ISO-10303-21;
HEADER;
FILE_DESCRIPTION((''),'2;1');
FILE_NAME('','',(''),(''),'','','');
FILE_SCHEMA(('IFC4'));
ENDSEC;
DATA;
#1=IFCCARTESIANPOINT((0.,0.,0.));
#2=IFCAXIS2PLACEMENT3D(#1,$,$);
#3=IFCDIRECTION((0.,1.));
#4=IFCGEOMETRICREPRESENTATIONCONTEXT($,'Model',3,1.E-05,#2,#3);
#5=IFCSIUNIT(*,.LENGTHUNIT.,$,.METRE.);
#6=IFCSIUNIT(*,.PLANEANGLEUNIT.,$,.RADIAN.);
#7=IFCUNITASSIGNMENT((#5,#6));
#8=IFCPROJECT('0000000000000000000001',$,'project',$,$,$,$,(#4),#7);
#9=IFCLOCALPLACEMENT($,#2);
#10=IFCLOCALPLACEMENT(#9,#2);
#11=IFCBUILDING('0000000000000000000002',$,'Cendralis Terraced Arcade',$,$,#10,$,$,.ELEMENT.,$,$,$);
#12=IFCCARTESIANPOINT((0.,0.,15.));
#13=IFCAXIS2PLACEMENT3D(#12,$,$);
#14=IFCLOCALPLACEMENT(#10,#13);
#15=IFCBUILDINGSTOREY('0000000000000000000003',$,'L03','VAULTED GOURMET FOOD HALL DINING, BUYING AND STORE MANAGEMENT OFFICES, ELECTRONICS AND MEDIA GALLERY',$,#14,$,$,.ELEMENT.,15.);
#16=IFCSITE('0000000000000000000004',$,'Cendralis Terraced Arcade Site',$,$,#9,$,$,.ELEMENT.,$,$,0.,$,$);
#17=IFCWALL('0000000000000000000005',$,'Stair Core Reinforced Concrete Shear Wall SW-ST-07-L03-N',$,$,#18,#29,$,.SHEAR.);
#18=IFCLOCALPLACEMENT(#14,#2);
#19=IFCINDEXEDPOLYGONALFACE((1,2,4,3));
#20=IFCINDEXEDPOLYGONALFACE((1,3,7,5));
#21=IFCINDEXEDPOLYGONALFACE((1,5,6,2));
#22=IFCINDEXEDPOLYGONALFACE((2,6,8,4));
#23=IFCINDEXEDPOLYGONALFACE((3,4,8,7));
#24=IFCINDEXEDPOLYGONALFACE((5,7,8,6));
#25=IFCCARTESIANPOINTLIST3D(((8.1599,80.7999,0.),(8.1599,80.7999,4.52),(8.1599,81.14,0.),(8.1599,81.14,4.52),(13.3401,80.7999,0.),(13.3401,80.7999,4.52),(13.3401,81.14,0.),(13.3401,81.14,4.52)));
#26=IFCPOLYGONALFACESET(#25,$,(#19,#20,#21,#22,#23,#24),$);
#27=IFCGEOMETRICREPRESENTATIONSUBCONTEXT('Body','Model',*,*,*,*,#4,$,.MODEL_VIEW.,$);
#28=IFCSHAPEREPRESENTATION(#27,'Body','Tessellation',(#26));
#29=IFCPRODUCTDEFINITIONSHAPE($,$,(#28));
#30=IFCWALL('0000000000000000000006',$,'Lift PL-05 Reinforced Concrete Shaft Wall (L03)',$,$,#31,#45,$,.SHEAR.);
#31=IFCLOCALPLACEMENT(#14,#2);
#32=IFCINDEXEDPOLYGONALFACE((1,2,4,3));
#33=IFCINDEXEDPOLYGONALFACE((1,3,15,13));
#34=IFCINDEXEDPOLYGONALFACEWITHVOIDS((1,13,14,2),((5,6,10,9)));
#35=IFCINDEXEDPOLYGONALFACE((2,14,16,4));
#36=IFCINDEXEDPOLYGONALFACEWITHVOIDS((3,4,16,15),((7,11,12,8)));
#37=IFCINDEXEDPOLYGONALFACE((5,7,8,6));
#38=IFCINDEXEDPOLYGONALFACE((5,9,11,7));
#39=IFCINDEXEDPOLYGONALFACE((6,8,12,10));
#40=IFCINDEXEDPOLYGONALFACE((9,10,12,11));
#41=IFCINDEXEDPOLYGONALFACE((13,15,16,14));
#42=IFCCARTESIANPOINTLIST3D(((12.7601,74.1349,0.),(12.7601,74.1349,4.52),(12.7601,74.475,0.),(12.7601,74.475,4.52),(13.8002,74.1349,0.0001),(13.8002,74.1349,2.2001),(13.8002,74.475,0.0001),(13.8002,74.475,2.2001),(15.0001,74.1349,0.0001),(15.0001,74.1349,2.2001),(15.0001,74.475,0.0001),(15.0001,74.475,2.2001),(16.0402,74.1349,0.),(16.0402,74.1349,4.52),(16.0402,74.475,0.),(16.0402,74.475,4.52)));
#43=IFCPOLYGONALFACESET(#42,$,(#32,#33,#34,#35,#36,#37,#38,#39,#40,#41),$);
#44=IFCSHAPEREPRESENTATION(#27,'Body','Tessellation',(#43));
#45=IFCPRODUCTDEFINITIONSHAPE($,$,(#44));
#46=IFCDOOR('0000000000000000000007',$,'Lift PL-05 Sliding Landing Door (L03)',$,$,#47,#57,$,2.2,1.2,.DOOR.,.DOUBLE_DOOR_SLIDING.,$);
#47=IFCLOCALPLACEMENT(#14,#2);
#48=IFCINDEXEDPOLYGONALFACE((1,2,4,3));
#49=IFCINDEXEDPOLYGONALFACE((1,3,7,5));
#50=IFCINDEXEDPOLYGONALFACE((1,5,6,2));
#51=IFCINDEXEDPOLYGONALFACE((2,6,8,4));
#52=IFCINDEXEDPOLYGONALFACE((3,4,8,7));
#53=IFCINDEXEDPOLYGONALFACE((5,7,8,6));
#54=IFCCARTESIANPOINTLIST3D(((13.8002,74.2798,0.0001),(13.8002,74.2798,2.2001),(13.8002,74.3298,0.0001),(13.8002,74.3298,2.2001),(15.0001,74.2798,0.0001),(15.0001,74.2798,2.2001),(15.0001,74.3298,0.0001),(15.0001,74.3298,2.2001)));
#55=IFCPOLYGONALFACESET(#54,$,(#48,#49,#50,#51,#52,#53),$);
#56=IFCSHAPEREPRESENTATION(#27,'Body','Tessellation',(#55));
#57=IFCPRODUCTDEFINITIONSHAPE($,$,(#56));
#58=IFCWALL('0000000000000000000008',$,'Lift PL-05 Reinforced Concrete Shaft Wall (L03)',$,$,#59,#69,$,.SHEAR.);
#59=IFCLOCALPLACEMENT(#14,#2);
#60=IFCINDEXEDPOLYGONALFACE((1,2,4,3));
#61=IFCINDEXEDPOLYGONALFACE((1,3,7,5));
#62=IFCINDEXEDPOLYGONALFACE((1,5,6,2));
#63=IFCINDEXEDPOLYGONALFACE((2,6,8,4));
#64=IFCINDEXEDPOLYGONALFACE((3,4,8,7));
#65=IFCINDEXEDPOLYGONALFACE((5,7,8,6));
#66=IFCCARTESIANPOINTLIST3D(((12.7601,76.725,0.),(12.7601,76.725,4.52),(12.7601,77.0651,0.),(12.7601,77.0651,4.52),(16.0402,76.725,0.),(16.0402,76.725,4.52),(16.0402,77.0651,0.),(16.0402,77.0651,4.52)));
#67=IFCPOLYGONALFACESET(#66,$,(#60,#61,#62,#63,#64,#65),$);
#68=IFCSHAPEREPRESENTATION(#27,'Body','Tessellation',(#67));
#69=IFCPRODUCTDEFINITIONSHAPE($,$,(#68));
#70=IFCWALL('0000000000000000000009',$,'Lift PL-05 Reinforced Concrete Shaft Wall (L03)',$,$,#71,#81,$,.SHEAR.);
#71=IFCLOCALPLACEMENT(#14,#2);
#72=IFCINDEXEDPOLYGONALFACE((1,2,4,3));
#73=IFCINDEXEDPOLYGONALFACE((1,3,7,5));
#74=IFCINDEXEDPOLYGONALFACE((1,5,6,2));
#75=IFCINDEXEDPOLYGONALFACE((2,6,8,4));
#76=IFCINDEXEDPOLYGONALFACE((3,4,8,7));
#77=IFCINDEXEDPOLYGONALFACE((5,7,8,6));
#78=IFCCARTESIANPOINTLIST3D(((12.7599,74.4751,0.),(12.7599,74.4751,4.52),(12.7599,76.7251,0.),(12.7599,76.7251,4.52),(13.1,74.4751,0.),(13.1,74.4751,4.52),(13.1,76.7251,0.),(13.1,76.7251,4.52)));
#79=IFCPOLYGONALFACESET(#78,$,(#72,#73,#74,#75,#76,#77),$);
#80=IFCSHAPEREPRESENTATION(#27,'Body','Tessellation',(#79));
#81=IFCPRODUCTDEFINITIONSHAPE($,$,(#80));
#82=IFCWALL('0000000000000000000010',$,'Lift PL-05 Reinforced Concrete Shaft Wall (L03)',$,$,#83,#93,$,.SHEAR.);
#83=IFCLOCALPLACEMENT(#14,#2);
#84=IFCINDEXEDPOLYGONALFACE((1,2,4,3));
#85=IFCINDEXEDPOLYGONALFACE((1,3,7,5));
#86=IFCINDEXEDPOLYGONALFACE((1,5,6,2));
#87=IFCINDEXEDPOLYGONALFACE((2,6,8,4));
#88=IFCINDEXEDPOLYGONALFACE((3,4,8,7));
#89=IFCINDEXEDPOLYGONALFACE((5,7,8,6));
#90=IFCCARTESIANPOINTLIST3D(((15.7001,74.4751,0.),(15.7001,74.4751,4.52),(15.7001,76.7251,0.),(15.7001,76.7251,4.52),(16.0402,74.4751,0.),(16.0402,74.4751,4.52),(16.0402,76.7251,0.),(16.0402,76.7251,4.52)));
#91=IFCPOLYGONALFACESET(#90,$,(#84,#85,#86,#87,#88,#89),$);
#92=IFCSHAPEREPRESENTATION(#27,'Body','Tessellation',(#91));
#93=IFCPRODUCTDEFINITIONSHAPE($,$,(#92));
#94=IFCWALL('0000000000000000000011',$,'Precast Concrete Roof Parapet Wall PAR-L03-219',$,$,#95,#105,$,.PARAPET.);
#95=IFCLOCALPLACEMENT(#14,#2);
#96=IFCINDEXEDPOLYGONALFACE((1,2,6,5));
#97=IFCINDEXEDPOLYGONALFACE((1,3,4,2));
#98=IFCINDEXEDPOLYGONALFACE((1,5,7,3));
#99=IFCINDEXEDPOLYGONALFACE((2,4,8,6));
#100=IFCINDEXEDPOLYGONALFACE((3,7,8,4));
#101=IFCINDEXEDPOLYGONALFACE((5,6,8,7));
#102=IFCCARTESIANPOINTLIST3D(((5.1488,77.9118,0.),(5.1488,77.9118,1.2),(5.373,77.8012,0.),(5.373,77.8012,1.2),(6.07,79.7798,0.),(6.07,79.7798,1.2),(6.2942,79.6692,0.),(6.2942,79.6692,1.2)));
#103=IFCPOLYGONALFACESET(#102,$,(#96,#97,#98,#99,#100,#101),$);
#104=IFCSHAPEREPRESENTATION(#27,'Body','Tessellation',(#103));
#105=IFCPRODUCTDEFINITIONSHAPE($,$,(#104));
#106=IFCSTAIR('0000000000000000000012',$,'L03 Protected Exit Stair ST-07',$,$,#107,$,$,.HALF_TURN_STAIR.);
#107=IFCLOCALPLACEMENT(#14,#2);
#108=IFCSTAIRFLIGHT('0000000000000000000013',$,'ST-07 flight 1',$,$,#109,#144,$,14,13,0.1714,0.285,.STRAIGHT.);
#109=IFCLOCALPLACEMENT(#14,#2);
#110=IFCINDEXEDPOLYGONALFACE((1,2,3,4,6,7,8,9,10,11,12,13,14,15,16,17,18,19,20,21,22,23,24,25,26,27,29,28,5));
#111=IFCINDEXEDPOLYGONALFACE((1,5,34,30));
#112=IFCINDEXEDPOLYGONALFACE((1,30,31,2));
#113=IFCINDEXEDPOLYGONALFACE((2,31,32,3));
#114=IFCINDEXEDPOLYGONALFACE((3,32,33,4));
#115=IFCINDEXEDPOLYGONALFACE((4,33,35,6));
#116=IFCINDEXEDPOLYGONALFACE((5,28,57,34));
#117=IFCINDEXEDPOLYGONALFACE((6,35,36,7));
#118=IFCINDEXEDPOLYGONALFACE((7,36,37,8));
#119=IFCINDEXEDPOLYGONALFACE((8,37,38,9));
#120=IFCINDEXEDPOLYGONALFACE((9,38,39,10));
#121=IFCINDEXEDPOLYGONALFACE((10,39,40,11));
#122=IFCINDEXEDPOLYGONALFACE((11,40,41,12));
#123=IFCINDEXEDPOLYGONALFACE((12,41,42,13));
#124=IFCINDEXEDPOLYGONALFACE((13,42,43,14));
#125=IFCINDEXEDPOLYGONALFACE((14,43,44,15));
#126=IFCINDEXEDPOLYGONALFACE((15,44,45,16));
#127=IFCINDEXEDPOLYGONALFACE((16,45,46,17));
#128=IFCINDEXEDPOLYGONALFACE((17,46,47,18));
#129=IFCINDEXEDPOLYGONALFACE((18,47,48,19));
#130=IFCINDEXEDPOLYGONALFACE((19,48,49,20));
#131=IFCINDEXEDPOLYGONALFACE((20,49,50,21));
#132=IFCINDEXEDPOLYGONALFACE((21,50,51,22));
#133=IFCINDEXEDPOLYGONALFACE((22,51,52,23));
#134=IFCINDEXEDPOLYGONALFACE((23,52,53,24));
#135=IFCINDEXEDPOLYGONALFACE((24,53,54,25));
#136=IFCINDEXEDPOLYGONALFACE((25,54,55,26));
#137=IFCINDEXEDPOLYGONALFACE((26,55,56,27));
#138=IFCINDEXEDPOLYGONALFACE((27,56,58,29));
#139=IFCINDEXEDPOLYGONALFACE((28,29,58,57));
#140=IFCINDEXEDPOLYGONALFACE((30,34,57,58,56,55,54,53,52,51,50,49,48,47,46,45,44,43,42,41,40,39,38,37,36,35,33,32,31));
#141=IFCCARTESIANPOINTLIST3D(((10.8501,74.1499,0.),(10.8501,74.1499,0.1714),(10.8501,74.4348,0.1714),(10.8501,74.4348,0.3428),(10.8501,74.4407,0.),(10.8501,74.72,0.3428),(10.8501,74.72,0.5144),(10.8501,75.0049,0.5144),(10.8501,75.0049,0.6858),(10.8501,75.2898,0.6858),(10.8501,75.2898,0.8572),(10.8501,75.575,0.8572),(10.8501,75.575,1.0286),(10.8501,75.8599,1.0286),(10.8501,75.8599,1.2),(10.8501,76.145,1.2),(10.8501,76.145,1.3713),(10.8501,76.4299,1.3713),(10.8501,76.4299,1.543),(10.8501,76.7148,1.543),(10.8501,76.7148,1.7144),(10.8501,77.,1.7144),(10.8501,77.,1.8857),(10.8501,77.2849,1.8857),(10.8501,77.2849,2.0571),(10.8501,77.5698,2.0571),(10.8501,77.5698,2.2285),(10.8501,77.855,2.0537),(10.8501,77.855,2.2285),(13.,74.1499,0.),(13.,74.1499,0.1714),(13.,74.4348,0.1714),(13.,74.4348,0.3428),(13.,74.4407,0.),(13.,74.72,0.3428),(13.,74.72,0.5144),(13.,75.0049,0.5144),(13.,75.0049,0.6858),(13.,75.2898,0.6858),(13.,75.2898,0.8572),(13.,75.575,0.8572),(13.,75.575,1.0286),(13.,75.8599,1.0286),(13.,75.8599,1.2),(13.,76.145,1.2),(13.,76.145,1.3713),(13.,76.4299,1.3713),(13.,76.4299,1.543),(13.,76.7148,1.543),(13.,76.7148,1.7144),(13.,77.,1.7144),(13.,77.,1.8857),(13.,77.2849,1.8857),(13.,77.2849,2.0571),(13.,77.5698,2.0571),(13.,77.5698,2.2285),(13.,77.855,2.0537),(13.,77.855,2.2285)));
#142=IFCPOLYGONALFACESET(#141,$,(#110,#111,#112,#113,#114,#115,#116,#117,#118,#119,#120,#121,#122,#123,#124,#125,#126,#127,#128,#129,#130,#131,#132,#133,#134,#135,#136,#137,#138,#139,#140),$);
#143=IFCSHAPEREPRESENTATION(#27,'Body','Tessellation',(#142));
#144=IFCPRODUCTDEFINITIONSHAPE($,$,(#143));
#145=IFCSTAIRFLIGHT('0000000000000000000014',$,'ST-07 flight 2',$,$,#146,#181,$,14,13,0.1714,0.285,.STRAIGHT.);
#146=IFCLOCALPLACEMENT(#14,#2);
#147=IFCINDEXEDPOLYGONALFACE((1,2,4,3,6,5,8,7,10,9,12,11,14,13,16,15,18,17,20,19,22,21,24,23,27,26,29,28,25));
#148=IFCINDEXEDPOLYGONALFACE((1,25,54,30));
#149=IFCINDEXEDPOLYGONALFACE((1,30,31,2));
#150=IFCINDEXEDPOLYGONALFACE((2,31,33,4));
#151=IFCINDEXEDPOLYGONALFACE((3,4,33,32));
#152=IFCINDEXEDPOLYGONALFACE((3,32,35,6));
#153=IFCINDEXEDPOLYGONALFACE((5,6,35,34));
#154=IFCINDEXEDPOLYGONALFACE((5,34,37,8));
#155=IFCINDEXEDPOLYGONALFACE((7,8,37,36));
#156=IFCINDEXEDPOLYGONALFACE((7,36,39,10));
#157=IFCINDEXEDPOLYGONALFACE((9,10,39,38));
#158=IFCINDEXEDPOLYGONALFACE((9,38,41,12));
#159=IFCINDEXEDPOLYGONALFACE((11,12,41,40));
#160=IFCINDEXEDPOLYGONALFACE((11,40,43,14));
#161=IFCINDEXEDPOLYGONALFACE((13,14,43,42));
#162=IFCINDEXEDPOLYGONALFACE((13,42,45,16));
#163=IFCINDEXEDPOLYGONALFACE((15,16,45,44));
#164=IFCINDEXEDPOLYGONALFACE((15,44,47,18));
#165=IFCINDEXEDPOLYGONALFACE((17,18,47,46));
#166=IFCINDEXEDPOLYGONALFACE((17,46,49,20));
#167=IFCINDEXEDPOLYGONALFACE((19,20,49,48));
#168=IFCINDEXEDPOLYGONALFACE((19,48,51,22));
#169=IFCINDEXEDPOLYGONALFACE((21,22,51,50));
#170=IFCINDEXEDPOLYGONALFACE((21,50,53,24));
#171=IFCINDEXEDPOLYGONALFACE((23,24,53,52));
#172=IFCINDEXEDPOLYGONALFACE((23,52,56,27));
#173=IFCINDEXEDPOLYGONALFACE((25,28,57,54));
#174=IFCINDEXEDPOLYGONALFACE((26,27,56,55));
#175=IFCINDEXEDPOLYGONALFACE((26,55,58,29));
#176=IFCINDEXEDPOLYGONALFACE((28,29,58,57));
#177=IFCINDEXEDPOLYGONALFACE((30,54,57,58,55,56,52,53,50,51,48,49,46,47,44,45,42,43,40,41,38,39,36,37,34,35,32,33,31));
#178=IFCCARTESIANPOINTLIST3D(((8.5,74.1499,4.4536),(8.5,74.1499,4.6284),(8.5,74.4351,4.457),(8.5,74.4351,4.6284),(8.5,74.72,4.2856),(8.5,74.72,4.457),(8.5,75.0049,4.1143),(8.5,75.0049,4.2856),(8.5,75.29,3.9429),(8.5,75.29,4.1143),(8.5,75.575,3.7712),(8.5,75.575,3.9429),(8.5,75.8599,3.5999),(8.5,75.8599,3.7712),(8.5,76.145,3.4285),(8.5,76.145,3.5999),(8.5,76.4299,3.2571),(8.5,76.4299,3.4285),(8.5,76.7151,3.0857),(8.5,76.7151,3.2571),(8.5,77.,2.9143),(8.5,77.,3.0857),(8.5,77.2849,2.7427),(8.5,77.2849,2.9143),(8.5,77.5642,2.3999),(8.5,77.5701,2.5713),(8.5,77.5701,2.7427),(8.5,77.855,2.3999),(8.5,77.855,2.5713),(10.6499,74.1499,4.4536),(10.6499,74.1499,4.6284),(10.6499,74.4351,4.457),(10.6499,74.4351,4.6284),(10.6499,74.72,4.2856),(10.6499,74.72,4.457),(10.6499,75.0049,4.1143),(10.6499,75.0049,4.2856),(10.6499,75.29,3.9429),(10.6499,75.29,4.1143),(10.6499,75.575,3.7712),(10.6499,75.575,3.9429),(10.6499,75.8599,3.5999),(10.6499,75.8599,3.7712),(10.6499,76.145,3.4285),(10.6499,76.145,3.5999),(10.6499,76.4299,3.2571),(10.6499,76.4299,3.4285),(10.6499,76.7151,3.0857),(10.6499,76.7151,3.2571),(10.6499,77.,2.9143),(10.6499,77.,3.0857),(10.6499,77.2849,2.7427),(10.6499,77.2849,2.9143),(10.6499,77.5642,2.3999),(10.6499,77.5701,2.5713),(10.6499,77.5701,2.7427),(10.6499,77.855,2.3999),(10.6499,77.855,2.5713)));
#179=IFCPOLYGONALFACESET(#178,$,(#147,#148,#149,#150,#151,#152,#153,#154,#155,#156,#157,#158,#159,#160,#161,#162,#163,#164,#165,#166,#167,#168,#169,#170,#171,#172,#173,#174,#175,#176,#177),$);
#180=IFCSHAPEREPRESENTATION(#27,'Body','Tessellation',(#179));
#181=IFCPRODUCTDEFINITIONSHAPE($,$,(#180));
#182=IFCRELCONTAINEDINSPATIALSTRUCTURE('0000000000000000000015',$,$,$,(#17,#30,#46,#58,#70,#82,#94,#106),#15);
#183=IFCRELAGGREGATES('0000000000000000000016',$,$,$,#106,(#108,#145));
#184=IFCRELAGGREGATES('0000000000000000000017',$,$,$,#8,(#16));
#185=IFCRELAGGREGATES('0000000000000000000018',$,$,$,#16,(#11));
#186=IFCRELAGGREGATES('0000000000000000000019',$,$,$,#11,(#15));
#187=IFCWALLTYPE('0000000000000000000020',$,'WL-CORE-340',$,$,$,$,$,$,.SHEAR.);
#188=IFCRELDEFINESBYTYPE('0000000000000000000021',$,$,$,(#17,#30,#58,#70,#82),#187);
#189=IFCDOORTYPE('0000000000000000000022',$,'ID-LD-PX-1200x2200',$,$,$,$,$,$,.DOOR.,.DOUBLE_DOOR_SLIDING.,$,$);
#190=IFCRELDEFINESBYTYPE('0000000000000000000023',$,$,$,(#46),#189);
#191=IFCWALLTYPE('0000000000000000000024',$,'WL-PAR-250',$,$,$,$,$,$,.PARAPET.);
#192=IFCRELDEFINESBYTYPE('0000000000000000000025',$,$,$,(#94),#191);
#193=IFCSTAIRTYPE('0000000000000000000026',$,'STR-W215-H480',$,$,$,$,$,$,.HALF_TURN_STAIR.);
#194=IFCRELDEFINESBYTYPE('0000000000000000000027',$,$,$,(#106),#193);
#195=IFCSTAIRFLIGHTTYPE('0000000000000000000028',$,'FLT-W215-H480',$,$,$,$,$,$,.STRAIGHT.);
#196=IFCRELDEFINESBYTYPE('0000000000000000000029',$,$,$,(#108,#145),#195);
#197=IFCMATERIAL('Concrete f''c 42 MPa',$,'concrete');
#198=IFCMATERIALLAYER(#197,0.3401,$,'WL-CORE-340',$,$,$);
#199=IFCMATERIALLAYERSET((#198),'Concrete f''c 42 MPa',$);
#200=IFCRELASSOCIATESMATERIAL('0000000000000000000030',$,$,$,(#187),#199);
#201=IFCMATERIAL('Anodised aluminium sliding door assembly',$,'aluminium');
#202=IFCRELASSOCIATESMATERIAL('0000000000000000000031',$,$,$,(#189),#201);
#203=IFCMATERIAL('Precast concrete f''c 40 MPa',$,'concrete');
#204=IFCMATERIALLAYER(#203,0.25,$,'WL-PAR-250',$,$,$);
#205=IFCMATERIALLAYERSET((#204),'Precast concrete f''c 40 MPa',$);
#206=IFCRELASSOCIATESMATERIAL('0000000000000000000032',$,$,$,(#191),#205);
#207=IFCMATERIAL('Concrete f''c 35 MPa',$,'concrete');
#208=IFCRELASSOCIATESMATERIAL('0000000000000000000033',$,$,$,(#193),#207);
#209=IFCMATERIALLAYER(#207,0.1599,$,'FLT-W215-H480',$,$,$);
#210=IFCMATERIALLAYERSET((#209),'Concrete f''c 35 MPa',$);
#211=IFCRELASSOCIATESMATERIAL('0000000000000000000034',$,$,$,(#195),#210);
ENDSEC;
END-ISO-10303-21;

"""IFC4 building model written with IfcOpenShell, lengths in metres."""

from ifc_helpers import new_model, si_unit, direction, frame, frame_2d, origin, place, context, subcontext, project, spatial, polyline, rectangle, outline, extrude, material, layer, layer_set, type_object, element, fill, aggregate, save


model = new_model("IFC4")

# Units and contexts
model_context = context("Model", 3, precision=1e-05, world=origin(), true_north=direction((0.0, 1.0)))
body_context = subcontext(model_context, "Body", "Model", "MODEL_VIEW")
ifc_project = project(units=[si_unit("LENGTHUNIT", "METRE"), si_unit("PLANEANGLEUNIT", "RADIAN")], contexts=[model_context])

# Site, building, storey
site_placement = place(None, origin())
site = spatial("IfcSite", under=ifc_project, at=site_placement, Name="Cendralis Terraced Arcade Site", CompositionType="ELEMENT", RefElevation=0.0)
building_placement = place(site_placement, origin())
building = spatial("IfcBuilding", under=site, at=building_placement, Name="Cendralis Terraced Arcade", CompositionType="ELEMENT")
storey_placement = place(building_placement, frame((0.0, 0.0, 15.0)))
storey = spatial("IfcBuildingStorey", under=building, at=storey_placement, Name="L03", Description="VAULTED GOURMET FOOD HALL DINING, BUYING AND STORE MANAGEMENT OFFICES, ELECTRONICS AND MEDIA GALLERY", CompositionType="ELEMENT", Elevation=15.0)

# Wall
ifc_material_1 = material(Name="Concrete f'c 42 MPa", Category="concrete")
ifc_layer_1 = layer(ifc_material_1, 0.3401, Name="WL-CORE-340")
ifc_layer_set_1 = layer_set([ifc_layer_1], Name="Concrete f'c 42 MPa")
wall_type_1 = type_object("IfcWallType", Name="WL-CORE-340", PredefinedType="SHEAR", material=ifc_layer_set_1)
wall_1_placement = place(storey_placement, frame((8.1599, 80.97, 0.0), z_axis=(0.0, 0.0, 1.0), x_axis=(1.0, 0.0, 0.0)))
element("IfcWall", 1, at=wall_1_placement, inside=storey, type_object=wall_type_1, Name="Stair Core Reinforced Concrete Shear Wall SW-ST-07-L03-N", PredefinedType="SHEAR", context=body_context, shape_type="SweptSolid", body=[
    extrude(rectangle(XDim=5.1802, YDim=0.3401, at=frame_2d((2.5901, 0.0))), origin(), (0.0, 0.0, 1.0), 4.52),
])

# Wall, opening, door
wall_2_placement = place(storey_placement, frame((12.76, 74.3049, 0.0), z_axis=(0.0, 0.0, 1.0), x_axis=(1.0, 0.0, 0.0)))
wall_2 = element("IfcWall", 2, at=wall_2_placement, inside=storey, type_object=wall_type_1, Name="Lift PL-05 Reinforced Concrete Shaft Wall (L03)", PredefinedType="SHEAR", context=body_context, shape_type="SweptSolid", body=[
    extrude(rectangle(XDim=3.28, YDim=0.3401, at=frame_2d((1.6401, 0.0))), origin(), (0.0, 0.0, 1.0), 4.52),
])
opening_placement = place(wall_2_placement, frame((1.04, 0.0, 0.0)))
opening = element("IfcOpeningElement", 3, at=opening_placement, cuts=wall_2, PredefinedType="OPENING", context=body_context, shape_type="SweptSolid", body=[
    extrude(rectangle(XDim=1.2, YDim=2.2, at=frame_2d((0.6001, 1.1001))), frame((0.0, 0.1821, 0.0), z_axis=(0.0, -1.0, 0.0), x_axis=(1.0, 0.0, 0.0)), (0.0, 0.0, 1.0), 0.364),
])
ifc_material_2 = material(Name="Anodised aluminium sliding door assembly", Category="aluminium")
door_type = type_object("IfcDoorType", Name="ID-LD-PX-1200x2200", OperationType="DOUBLE_DOOR_SLIDING", PredefinedType="DOOR", material=ifc_material_2)
door_placement = place(opening_placement, origin())
door = element("IfcDoor", 4, at=door_placement, inside=storey, type_object=door_type, Name="Lift PL-05 Sliding Landing Door (L03)", OperationType="DOUBLE_DOOR_SLIDING", OverallHeight=2.2, OverallWidth=1.2, PredefinedType="DOOR", context=body_context, shape_type="SweptSolid", body=[
    extrude(rectangle(XDim=1.2, YDim=2.2, at=frame_2d((0.6001, 1.1001))), frame((0.0, 0.0249, 0.0), z_axis=(0.0, -1.0, 0.0), x_axis=(1.0, 0.0, 0.0)), (0.0, 0.0, 1.0), 0.05),
])
fill(opening, door)

# Walls
wall_3_placement = place(storey_placement, frame((12.76, 76.895, 0.0), z_axis=(0.0, 0.0, 1.0), x_axis=(1.0, 0.0, 0.0)))
element("IfcWall", 5, at=wall_3_placement, inside=storey, type_object=wall_type_1, Name="Lift PL-05 Reinforced Concrete Shaft Wall (L03)", PredefinedType="SHEAR", context=body_context, shape_type="SweptSolid", body=[
    extrude(rectangle(XDim=3.28, YDim=0.3401, at=frame_2d((1.6401, 0.0))), origin(), (0.0, 0.0, 1.0), 4.52),
])
for number, where, z_axis, x_axis, name in (
    (6, (12.9299, 74.4751, 0.0), (0.0, 0.0, 1.0), (0.0, 1.0, 0.0), "Lift PL-05 Reinforced Concrete Shaft Wall (L03)"),
    (7, (15.8701, 74.4751, 0.0), (0.0, 0.0, 1.0), (0.0, 1.0, 0.0), "Lift PL-05 Reinforced Concrete Shaft Wall (L03)"),
):
    element("IfcWall", number, at=place(storey_placement, frame(where, z_axis=z_axis, x_axis=x_axis)), inside=storey, type_object=wall_type_1, Name=name, PredefinedType="SHEAR", context=body_context, shape_type="SweptSolid", body=[
        extrude(rectangle(XDim=2.25, YDim=0.3401, at=frame_2d((1.125, 0.0))), origin(), (0.0, 0.0, 1.0), 4.52),
    ])
ifc_material_3 = material(Name="Precast concrete f'c 40 MPa", Category="concrete")
ifc_layer_2 = layer(ifc_material_3, 0.25, Name="WL-PAR-250")
ifc_layer_set_2 = layer_set([ifc_layer_2], Name="Precast concrete f'c 40 MPa")
wall_type_2 = type_object("IfcWallType", Name="WL-PAR-250", PredefinedType="PARAPET", material=ifc_layer_set_2)
wall_4_placement = place(storey_placement, frame((6.1821, 79.7246, 0.0), z_axis=(0.0, 0.0, 1.0), x_axis=(-0.442283, -0.896875, 0.0)))
element("IfcWall", 8, at=wall_4_placement, inside=storey, type_object=wall_type_2, Name="Precast Concrete Roof Parapet Wall PAR-L03-219", PredefinedType="PARAPET", context=body_context, shape_type="SweptSolid", body=[
    extrude(rectangle(XDim=2.0828, YDim=0.25, at=frame_2d((1.0415, 0.0))), origin(), (0.0, 0.0, 1.0), 1.2),
])

# Stair, stair flights
ifc_material_4 = material(Name="Concrete f'c 35 MPa", Category="concrete")
stair_type = type_object("IfcStairType", Name="STR-W215-H480", PredefinedType="HALF_TURN_STAIR", material=ifc_material_4)
stair_placement = place(storey_placement, origin())
stair = element("IfcStair", 9, at=stair_placement, inside=storey, type_object=stair_type, Name="L03 Protected Exit Stair ST-07", PredefinedType="HALF_TURN_STAIR")
ifc_layer_3 = layer(ifc_material_4, 0.1599, Name="FLT-W215-H480")
ifc_layer_set_3 = layer_set([ifc_layer_3], Name="Concrete f'c 35 MPa")
stair_flight_type = type_object("IfcStairFlightType", Name="FLT-W215-H480", PredefinedType="STRAIGHT", material=ifc_layer_set_3)
stair_flight_1_placement = place(storey_placement, frame((11.925, 74.1499, 0.0), z_axis=(0.0, 0.0, 1.0), x_axis=(0.0, 1.0, 0.0)))
stair_flight_1 = element("IfcStairFlight", 10, at=stair_flight_1_placement, type_object=stair_flight_type, Name="ST-07 flight 1", NumberOfRisers=14, NumberOfTreads=13, PredefinedType="STRAIGHT", RiserHeight=0.1714, TreadLength=0.285, context=body_context, shape_type="SweptSolid", body=[
    extrude(outline(polyline([(0.0, 0.0), (0.0, 0.1714), (0.2849, 0.1714), (0.2849, 0.3428), (0.5701, 0.3428), (0.5701, 0.5144), (0.855, 0.5144), (0.855, 0.6858), (1.1399, 0.6858), (1.1399, 0.8572), (1.425, 0.8572), (1.425, 1.0286), (1.71, 1.0286), (1.71, 1.2), (1.9951, 1.2), (1.9951, 1.3713), (2.28, 1.3713), (2.28, 1.543), (2.5649, 1.543), (2.5649, 1.7144), (2.8501, 1.7144), (2.8501, 1.8857), (3.135, 1.8857), (3.135, 2.0571), (3.4199, 2.0571), (3.4199, 2.2285), (3.7051, 2.2285), (3.7051, 2.3999), (3.7051, 2.0537), (0.2908, 0.0), (0.0, 0.0)])), frame((0.0, 1.075, 0.0), z_axis=(0.0, -1.0, 0.0), x_axis=(1.0, 0.0, 0.0)), (0.0, 0.0, 1.0), 2.1499),
])
stair_flight_2_placement = place(storey_placement, frame((9.575, 77.855, 2.3999), z_axis=(0.0, 0.0, 1.0), x_axis=(0.0, -1.0, 0.0)))
stair_flight_2 = element("IfcStairFlight", 11, at=stair_flight_2_placement, type_object=stair_flight_type, Name="ST-07 flight 2", NumberOfRisers=14, NumberOfTreads=13, PredefinedType="STRAIGHT", RiserHeight=0.1714, TreadLength=0.285, context=body_context, shape_type="SweptSolid", body=[
    extrude(outline(polyline([(0.0, 0.0), (0.0, 0.1714), (0.2849, 0.1714), (0.2849, 0.3428), (0.5701, 0.3428), (0.5701, 0.5144), (0.855, 0.5144), (0.855, 0.6858), (1.1399, 0.6858), (1.1399, 0.8572), (1.425, 0.8572), (1.425, 1.0286), (1.71, 1.0286), (1.71, 1.2), (1.9951, 1.2), (1.9951, 1.3713), (2.28, 1.3713), (2.28, 1.543), (2.5649, 1.543), (2.5649, 1.7144), (2.8501, 1.7144), (2.8501, 1.8857), (3.135, 1.8857), (3.135, 2.0571), (3.4199, 2.0571), (3.4199, 2.2285), (3.7051, 2.2285), (3.7051, 2.3999), (3.7051, 2.0537), (0.2908, 0.0), (0.0, 0.0)])), frame((0.0, 1.075, 0.0), z_axis=(0.0, -1.0, 0.0), x_axis=(1.0, 0.0, 0.0)), (0.0, 0.0, 1.0), 2.1499),
])
aggregate(stair, [stair_flight_1, stair_flight_2])

save(model, "model.ifc")
